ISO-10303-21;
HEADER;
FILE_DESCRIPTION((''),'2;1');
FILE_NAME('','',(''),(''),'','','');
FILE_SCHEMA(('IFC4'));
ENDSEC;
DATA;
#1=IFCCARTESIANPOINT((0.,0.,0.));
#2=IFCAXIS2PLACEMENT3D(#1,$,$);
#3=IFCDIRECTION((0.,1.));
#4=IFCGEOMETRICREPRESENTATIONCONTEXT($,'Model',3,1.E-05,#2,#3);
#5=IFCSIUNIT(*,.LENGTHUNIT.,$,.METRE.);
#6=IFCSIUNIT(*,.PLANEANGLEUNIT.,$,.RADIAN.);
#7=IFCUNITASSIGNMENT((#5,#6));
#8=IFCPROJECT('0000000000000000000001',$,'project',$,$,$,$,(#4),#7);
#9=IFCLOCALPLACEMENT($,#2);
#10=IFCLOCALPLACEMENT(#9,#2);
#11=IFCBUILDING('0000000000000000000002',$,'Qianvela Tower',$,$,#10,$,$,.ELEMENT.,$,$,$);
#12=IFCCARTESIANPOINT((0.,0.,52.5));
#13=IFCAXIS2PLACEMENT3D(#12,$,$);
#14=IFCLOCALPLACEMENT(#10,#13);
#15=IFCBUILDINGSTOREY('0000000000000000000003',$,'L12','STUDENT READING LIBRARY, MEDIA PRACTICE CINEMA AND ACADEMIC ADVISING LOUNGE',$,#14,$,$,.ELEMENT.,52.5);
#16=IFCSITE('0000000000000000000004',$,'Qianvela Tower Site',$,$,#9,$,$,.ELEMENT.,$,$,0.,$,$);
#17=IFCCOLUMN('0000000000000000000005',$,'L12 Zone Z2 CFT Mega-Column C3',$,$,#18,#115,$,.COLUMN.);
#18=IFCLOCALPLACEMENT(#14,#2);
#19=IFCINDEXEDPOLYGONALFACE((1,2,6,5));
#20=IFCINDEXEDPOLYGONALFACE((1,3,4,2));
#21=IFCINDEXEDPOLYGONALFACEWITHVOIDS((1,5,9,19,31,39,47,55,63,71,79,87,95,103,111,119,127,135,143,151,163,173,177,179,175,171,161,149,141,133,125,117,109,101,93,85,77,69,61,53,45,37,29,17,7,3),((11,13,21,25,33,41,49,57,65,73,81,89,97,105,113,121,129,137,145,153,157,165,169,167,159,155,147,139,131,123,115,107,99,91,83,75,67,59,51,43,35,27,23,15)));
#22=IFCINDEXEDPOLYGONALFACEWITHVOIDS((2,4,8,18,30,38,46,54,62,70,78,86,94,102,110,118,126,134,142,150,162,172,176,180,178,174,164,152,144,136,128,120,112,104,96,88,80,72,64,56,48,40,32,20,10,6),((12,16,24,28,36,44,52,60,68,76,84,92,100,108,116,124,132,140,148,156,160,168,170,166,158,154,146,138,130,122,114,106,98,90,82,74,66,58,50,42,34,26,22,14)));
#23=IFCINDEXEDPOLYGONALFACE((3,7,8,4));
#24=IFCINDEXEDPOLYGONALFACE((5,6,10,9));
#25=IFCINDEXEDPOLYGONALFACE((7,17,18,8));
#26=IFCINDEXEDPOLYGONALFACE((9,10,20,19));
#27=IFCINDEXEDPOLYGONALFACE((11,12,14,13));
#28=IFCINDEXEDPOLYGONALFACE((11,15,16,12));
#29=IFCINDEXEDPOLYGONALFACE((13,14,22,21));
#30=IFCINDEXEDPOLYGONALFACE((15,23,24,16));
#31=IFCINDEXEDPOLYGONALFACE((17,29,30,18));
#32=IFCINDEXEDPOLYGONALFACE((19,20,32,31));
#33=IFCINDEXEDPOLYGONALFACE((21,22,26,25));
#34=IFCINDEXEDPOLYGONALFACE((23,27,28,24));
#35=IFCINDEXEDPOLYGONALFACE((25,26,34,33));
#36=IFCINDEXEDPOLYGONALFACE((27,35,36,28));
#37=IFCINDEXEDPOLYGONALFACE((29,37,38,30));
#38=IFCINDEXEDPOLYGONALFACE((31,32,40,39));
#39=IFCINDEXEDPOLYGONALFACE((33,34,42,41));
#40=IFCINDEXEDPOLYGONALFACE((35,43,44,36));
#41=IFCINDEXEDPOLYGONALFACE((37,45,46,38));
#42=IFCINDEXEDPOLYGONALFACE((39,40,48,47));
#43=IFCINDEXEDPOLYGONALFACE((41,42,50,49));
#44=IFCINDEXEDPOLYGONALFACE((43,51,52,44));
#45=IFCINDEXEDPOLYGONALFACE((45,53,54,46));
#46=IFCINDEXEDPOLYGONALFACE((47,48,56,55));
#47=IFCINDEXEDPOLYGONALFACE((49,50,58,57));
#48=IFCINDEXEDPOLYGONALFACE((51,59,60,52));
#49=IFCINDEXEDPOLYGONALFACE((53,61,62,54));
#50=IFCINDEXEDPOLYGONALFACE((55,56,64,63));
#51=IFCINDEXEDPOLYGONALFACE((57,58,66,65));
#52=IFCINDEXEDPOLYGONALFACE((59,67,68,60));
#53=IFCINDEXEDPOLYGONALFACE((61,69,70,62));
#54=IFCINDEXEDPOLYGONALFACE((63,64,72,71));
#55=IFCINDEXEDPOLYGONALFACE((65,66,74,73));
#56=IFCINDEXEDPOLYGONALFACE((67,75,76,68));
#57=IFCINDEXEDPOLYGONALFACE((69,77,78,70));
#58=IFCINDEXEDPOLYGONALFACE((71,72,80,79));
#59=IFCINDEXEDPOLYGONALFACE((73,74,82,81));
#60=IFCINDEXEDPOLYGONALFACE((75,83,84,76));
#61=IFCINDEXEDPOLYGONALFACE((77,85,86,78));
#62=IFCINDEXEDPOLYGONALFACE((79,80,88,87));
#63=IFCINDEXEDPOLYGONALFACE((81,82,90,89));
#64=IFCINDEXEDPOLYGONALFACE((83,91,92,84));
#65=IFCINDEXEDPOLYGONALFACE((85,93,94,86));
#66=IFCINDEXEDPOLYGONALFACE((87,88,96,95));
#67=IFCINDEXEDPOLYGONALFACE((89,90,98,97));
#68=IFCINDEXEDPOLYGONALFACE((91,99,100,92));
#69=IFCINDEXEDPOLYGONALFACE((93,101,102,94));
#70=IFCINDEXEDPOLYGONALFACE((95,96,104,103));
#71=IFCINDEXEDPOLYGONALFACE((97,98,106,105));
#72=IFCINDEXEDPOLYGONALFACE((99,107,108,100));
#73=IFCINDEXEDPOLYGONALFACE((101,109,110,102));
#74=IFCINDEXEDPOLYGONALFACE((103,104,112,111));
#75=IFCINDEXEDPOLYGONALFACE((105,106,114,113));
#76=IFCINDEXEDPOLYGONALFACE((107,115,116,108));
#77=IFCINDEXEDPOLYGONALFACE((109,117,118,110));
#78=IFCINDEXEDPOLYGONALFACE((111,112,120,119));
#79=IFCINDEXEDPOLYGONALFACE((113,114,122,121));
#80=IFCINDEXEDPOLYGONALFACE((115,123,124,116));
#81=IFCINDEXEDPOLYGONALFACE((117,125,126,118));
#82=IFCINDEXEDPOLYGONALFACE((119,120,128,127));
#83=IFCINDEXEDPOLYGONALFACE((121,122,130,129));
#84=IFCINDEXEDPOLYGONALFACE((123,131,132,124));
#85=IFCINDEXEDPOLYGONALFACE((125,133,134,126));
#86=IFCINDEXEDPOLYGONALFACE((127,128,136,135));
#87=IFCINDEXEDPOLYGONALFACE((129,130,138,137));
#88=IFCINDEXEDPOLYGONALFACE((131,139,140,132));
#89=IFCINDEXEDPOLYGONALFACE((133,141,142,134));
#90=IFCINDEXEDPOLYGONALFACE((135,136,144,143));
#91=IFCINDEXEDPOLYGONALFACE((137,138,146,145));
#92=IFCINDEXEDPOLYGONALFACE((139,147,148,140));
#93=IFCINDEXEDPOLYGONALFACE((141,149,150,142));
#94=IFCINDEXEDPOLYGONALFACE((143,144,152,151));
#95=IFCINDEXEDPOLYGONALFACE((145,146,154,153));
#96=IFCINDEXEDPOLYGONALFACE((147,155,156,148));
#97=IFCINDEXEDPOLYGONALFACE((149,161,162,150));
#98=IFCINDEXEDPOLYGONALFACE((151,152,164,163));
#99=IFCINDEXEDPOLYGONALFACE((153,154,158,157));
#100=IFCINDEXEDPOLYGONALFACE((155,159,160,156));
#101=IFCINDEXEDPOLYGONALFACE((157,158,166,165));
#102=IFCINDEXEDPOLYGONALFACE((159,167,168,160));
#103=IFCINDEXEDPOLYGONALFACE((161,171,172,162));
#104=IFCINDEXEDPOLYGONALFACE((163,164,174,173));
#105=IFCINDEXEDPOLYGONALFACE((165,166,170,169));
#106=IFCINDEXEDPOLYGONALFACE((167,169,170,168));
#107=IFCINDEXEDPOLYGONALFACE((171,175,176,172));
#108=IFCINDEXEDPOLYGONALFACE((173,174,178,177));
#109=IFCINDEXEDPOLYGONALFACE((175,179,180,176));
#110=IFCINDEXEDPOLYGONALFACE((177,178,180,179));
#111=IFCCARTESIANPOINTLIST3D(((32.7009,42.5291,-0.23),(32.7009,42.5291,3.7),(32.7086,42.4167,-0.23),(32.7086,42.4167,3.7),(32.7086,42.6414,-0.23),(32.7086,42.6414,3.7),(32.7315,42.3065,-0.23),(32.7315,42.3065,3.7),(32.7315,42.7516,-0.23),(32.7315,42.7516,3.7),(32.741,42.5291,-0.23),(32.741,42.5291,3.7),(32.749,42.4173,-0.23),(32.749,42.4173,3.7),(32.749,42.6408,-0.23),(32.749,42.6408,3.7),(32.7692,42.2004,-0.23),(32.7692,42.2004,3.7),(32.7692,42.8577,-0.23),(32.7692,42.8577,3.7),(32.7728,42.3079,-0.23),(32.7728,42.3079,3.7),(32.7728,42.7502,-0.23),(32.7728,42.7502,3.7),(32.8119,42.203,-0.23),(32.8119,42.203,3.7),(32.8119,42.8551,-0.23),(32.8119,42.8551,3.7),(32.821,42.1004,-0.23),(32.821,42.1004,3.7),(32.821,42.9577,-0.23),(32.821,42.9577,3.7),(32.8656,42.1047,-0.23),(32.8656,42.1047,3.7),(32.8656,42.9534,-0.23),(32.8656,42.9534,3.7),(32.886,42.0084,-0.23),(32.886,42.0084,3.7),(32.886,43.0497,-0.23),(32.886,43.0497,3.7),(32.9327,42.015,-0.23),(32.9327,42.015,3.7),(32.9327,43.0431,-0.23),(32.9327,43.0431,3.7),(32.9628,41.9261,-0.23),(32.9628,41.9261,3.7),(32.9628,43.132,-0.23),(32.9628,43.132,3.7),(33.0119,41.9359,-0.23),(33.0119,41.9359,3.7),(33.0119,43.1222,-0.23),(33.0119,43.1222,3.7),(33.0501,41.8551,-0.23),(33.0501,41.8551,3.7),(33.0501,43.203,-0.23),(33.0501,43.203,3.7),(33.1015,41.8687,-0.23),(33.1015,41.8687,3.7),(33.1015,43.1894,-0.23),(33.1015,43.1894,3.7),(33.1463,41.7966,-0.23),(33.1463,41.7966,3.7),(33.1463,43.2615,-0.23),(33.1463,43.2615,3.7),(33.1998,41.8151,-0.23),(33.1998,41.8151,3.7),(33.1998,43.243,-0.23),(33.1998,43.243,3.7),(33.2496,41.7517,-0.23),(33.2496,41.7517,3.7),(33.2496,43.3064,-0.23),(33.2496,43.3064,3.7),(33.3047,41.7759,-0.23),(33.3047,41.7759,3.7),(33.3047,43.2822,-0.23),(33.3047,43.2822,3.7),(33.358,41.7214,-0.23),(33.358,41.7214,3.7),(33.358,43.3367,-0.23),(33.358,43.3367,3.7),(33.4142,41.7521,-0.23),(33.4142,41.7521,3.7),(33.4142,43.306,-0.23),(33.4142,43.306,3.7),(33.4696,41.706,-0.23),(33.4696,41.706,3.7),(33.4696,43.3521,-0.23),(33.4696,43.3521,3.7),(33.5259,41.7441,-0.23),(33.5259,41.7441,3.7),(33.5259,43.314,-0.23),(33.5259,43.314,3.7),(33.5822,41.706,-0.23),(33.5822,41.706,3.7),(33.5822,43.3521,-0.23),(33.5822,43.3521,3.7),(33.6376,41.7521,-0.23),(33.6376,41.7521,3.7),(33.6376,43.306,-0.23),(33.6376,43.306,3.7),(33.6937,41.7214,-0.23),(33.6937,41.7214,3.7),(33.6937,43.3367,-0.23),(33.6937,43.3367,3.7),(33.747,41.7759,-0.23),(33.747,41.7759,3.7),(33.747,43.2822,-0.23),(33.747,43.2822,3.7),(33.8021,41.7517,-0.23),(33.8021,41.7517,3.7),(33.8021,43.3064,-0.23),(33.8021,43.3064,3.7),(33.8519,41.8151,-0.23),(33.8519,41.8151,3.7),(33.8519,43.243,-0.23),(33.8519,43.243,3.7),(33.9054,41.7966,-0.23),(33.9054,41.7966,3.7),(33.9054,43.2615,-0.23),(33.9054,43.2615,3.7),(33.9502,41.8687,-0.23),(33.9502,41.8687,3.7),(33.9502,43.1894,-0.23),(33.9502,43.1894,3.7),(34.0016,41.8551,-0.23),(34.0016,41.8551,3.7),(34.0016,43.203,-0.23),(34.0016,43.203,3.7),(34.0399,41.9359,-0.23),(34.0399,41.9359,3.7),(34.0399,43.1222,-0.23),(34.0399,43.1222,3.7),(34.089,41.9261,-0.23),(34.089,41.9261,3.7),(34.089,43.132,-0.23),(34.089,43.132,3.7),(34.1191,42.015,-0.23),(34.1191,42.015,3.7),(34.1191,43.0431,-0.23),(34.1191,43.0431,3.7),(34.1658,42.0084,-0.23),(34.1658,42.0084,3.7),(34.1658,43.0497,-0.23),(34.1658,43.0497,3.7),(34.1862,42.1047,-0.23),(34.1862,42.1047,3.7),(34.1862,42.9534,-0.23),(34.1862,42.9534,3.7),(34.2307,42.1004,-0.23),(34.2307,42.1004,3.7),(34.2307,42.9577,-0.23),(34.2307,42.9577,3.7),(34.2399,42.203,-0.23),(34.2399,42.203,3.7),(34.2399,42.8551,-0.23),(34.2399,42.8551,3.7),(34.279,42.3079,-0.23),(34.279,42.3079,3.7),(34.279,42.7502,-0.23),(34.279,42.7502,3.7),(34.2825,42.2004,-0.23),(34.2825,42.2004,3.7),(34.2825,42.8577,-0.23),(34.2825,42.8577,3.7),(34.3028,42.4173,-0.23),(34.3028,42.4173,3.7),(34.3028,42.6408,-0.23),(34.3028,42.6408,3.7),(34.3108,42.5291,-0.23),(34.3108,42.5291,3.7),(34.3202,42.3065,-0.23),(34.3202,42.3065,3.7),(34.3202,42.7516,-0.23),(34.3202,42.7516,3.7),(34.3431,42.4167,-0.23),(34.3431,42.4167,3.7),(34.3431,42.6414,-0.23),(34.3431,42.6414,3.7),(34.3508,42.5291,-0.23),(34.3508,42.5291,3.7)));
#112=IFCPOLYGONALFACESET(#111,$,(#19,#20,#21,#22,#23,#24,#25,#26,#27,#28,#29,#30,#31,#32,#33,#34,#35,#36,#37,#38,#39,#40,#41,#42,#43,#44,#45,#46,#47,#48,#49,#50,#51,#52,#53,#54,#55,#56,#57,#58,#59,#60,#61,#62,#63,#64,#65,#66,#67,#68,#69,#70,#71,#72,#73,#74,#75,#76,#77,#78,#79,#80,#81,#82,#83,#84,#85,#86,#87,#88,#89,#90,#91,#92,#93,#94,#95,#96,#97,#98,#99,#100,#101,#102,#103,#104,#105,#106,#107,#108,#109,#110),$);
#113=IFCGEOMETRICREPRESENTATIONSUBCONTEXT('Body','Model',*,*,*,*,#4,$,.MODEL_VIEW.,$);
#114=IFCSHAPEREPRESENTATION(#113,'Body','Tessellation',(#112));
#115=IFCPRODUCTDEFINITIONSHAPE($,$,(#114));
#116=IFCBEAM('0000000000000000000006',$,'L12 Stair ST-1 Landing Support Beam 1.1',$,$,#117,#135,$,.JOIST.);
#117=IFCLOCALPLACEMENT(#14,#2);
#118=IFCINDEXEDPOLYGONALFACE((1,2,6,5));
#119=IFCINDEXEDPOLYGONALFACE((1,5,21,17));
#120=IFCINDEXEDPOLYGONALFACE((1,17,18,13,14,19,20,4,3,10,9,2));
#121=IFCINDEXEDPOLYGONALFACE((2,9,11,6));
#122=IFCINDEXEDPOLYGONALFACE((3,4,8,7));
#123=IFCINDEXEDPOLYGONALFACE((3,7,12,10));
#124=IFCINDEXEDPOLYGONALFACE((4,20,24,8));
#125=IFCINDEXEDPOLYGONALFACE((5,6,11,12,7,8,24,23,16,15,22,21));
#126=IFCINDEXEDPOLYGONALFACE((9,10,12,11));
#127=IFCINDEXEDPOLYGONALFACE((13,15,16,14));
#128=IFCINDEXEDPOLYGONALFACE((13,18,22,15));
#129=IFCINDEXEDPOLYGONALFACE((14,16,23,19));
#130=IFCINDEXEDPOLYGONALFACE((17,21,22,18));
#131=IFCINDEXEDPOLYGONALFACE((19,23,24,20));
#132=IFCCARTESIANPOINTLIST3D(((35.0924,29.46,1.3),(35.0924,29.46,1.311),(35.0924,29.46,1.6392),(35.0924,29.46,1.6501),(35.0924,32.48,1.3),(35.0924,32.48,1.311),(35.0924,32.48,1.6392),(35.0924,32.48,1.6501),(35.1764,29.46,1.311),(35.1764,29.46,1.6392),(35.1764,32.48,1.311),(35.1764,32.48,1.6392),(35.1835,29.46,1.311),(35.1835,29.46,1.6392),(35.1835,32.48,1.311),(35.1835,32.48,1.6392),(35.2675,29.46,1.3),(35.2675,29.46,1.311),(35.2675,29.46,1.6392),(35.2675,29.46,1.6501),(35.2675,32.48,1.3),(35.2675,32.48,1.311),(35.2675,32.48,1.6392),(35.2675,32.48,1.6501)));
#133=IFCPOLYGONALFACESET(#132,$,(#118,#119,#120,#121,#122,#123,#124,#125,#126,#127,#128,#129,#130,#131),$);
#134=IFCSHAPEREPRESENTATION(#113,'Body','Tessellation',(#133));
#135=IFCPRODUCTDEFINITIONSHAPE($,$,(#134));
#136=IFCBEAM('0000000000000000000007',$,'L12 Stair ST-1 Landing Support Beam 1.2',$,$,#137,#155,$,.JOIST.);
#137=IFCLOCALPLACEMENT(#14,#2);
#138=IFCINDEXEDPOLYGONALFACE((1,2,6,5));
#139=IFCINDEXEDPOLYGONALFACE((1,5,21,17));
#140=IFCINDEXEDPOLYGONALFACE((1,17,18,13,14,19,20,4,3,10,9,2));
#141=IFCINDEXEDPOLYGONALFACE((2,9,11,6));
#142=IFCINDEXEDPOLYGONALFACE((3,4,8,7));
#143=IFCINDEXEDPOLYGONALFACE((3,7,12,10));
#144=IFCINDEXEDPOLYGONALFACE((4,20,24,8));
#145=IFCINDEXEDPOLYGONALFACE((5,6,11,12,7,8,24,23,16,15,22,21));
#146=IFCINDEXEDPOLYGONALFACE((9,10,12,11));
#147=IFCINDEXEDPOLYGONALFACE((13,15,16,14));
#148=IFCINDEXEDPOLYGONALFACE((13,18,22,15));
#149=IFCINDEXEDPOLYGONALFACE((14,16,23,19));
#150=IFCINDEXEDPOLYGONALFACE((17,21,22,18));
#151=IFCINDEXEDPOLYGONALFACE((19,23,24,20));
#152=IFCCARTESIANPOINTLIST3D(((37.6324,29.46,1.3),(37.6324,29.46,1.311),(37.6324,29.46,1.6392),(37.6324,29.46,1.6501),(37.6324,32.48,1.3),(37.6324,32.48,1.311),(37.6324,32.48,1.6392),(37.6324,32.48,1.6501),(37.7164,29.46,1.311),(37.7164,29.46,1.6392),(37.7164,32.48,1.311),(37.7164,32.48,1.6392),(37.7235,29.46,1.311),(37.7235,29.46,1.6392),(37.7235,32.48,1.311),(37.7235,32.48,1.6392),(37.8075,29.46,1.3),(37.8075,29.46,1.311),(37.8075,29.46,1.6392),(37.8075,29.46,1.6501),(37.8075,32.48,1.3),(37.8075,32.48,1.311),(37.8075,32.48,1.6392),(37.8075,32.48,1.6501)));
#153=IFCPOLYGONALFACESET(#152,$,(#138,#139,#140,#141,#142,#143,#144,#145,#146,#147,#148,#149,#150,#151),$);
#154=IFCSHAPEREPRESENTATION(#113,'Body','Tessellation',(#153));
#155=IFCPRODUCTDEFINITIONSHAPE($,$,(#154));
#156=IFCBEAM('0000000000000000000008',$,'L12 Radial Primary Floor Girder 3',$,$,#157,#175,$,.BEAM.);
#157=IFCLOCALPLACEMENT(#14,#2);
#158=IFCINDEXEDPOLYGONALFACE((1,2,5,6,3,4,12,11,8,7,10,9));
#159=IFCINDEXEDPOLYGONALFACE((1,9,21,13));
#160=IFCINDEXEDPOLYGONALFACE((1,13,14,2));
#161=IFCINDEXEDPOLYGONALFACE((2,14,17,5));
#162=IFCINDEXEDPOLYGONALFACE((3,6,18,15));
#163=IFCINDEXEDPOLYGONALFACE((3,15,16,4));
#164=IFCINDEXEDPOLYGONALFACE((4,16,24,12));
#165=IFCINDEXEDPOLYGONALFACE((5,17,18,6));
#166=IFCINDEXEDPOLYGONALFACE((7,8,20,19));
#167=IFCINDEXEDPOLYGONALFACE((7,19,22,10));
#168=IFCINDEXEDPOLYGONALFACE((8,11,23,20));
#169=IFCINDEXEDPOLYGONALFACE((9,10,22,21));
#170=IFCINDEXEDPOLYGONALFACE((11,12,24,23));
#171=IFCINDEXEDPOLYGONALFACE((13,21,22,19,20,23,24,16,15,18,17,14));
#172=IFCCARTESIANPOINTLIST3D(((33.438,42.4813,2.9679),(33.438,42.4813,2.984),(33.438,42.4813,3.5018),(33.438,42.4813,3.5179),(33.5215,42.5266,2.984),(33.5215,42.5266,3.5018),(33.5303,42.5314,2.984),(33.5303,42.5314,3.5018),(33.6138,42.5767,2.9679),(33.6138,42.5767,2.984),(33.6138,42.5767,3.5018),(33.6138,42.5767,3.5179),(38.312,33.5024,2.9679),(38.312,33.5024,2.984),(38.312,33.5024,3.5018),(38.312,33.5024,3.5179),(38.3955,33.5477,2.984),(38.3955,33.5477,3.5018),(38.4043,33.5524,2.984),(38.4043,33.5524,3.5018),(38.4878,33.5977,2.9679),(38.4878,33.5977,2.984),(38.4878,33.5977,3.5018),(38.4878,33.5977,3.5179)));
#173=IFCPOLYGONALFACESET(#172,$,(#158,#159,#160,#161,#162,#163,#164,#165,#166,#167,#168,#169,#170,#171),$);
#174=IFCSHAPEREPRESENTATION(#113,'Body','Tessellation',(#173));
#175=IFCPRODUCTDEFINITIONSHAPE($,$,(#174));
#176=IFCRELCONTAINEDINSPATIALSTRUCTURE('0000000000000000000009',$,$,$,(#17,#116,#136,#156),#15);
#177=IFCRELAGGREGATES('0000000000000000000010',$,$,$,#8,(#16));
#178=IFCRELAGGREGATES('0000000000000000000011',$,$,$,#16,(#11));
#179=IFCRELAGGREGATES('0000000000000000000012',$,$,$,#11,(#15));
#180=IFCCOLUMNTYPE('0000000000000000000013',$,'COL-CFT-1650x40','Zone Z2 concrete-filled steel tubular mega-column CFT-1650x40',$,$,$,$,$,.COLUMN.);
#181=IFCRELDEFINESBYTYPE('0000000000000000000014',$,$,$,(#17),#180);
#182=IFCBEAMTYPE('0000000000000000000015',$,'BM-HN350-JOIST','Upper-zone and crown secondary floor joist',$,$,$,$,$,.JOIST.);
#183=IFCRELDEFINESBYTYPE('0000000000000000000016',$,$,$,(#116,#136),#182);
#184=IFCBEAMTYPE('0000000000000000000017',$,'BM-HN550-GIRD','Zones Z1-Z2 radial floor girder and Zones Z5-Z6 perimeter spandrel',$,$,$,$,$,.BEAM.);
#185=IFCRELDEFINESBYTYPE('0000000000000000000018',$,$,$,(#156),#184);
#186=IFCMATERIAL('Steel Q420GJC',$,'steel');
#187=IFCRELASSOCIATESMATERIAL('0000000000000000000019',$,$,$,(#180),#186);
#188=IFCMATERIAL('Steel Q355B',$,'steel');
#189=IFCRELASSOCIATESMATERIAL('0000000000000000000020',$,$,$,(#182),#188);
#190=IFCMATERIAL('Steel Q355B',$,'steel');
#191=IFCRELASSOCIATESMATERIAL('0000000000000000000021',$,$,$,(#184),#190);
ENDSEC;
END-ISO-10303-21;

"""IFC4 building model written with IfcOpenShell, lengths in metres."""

from ifc_helpers import new_model, si_unit, direction, frame, origin, origin_2d, place, context, subcontext, project, spatial, hollow_circle, i_section, extrude, material, material_profile, profile_set, type_object, element, save


model = new_model("IFC4")

# Units and contexts
model_context = context("Model", 3, precision=1e-05, world=origin(), true_north=direction((0.0, 1.0)))
body_context = subcontext(model_context, "Body", "Model", "MODEL_VIEW")
ifc_project = project(units=[si_unit("LENGTHUNIT", "METRE"), si_unit("PLANEANGLEUNIT", "RADIAN")], contexts=[model_context])

# Site, building, storey
site_placement = place(None, origin())
site = spatial("IfcSite", under=ifc_project, at=site_placement, Name="Qianvela Tower Site", CompositionType="ELEMENT", RefElevation=0.0)
building_placement = place(site_placement, origin())
building = spatial("IfcBuilding", under=site, at=building_placement, Name="Qianvela Tower", CompositionType="ELEMENT")
storey_placement = place(building_placement, frame((0.0, 0.0, 52.5)))
storey = spatial("IfcBuildingStorey", under=building, at=storey_placement, Name="L12", Description="STUDENT READING LIBRARY, MEDIA PRACTICE CINEMA AND ACADEMIC ADVISING LOUNGE", CompositionType="ELEMENT", Elevation=52.5)

# Column
ifc_material_1 = material(Name="Steel Q420GJC", Category="steel")
ifc_material_profile_1 = material_profile(ifc_material_1, hollow_circle(Radius=0.825, WallThickness=0.04, at=origin_2d()), Name="CFT-1650x40")
ifc_profile_set_1 = profile_set([ifc_material_profile_1], Name="Steel Q420GJC")
column_type = type_object("IfcColumnType", Name="COL-CFT-1650x40", Description="Zone Z2 concrete-filled steel tubular mega-column CFT-1650x40", PredefinedType="COLUMN", material=ifc_profile_set_1)
column_1_placement = place(storey_placement, frame((33.5259, 42.5291, -0.23), z_axis=(0.0, 0.0, 1.0), x_axis=(1.0, 0.0, 0.0)))
element("IfcColumn", 1, at=column_1_placement, inside=storey, type_object=column_type, Name="L12 Zone Z2 CFT Mega-Column C3", PredefinedType="COLUMN", context=body_context, shape_type="SweptSolid", body=[
    extrude(hollow_circle(Radius=0.825, WallThickness=0.04, at=origin_2d()), origin(), (0.0, 0.0, 1.0), 3.9299),
])

# Beams
ifc_material_2 = material(Name="Steel Q355B", Category="steel")
ifc_material_profile_2 = material_profile(ifc_material_2, i_section(OverallWidth=0.175, OverallDepth=0.3501, WebThickness=0.0071, FlangeThickness=0.011, at=origin_2d()), Name="HN350x175x7x11")
ifc_profile_set_2 = profile_set([ifc_material_profile_2], Name="Steel Q355B")
beam_type_1 = type_object("IfcBeamType", Name="BM-HN350-JOIST", Description="Upper-zone and crown secondary floor joist", PredefinedType="JOIST", material=ifc_profile_set_2)
for number, where, z_axis, x_axis, name in (
    (2, (35.1799, 29.46, 1.4751), (0.0, 1.0, 0.0), (-1.0, 0.0, 0.0), "L12 Stair ST-1 Landing Support Beam 1.1"),
    (3, (37.72, 29.46, 1.4751), (0.0, 1.0, 0.0), (-1.0, 0.0, 0.0), "L12 Stair ST-1 Landing Support Beam 1.2"),
):
    element("IfcBeam", number, at=place(storey_placement, frame(where, z_axis=z_axis, x_axis=x_axis)), inside=storey, type_object=beam_type_1, Name=name, PredefinedType="JOIST", context=body_context, shape_type="SweptSolid", body=[
        extrude(i_section(OverallWidth=0.175, OverallDepth=0.3501, WebThickness=0.0071, FlangeThickness=0.011, at=origin_2d()), origin(), (0.0, 0.0, 1.0), 3.02),
    ])
ifc_material_3 = material(Name="Steel Q355B", Category="steel")
ifc_material_profile_3 = material_profile(ifc_material_3, i_section(OverallWidth=0.2, OverallDepth=0.55, WebThickness=0.01, FlangeThickness=0.0161, at=origin_2d()), Name="HN550x200x10x16")
ifc_profile_set_3 = profile_set([ifc_material_profile_3], Name="Steel Q355B")
beam_type_2 = type_object("IfcBeamType", Name="BM-HN550-GIRD", Description="Zones Z1-Z2 radial floor girder and Zones Z5-Z6 perimeter spandrel", PredefinedType="BEAM", material=ifc_profile_set_3)
beam_1_placement = place(storey_placement, frame((38.3999, 33.55, 3.2429), z_axis=(-0.47707, 0.878865, 0.0), x_axis=(-0.878865, -0.47707, 0.0)))
element("IfcBeam", 4, at=beam_1_placement, inside=storey, type_object=beam_type_2, Name="L12 Radial Primary Floor Girder 3", PredefinedType="BEAM", context=body_context, shape_type="SweptSolid", body=[
    extrude(i_section(OverallWidth=0.2, OverallDepth=0.55, WebThickness=0.01, FlangeThickness=0.0161, at=origin_2d()), origin(), (0.0, 0.0, 1.0), 10.2166),
])

save(model, "model.ifc")
